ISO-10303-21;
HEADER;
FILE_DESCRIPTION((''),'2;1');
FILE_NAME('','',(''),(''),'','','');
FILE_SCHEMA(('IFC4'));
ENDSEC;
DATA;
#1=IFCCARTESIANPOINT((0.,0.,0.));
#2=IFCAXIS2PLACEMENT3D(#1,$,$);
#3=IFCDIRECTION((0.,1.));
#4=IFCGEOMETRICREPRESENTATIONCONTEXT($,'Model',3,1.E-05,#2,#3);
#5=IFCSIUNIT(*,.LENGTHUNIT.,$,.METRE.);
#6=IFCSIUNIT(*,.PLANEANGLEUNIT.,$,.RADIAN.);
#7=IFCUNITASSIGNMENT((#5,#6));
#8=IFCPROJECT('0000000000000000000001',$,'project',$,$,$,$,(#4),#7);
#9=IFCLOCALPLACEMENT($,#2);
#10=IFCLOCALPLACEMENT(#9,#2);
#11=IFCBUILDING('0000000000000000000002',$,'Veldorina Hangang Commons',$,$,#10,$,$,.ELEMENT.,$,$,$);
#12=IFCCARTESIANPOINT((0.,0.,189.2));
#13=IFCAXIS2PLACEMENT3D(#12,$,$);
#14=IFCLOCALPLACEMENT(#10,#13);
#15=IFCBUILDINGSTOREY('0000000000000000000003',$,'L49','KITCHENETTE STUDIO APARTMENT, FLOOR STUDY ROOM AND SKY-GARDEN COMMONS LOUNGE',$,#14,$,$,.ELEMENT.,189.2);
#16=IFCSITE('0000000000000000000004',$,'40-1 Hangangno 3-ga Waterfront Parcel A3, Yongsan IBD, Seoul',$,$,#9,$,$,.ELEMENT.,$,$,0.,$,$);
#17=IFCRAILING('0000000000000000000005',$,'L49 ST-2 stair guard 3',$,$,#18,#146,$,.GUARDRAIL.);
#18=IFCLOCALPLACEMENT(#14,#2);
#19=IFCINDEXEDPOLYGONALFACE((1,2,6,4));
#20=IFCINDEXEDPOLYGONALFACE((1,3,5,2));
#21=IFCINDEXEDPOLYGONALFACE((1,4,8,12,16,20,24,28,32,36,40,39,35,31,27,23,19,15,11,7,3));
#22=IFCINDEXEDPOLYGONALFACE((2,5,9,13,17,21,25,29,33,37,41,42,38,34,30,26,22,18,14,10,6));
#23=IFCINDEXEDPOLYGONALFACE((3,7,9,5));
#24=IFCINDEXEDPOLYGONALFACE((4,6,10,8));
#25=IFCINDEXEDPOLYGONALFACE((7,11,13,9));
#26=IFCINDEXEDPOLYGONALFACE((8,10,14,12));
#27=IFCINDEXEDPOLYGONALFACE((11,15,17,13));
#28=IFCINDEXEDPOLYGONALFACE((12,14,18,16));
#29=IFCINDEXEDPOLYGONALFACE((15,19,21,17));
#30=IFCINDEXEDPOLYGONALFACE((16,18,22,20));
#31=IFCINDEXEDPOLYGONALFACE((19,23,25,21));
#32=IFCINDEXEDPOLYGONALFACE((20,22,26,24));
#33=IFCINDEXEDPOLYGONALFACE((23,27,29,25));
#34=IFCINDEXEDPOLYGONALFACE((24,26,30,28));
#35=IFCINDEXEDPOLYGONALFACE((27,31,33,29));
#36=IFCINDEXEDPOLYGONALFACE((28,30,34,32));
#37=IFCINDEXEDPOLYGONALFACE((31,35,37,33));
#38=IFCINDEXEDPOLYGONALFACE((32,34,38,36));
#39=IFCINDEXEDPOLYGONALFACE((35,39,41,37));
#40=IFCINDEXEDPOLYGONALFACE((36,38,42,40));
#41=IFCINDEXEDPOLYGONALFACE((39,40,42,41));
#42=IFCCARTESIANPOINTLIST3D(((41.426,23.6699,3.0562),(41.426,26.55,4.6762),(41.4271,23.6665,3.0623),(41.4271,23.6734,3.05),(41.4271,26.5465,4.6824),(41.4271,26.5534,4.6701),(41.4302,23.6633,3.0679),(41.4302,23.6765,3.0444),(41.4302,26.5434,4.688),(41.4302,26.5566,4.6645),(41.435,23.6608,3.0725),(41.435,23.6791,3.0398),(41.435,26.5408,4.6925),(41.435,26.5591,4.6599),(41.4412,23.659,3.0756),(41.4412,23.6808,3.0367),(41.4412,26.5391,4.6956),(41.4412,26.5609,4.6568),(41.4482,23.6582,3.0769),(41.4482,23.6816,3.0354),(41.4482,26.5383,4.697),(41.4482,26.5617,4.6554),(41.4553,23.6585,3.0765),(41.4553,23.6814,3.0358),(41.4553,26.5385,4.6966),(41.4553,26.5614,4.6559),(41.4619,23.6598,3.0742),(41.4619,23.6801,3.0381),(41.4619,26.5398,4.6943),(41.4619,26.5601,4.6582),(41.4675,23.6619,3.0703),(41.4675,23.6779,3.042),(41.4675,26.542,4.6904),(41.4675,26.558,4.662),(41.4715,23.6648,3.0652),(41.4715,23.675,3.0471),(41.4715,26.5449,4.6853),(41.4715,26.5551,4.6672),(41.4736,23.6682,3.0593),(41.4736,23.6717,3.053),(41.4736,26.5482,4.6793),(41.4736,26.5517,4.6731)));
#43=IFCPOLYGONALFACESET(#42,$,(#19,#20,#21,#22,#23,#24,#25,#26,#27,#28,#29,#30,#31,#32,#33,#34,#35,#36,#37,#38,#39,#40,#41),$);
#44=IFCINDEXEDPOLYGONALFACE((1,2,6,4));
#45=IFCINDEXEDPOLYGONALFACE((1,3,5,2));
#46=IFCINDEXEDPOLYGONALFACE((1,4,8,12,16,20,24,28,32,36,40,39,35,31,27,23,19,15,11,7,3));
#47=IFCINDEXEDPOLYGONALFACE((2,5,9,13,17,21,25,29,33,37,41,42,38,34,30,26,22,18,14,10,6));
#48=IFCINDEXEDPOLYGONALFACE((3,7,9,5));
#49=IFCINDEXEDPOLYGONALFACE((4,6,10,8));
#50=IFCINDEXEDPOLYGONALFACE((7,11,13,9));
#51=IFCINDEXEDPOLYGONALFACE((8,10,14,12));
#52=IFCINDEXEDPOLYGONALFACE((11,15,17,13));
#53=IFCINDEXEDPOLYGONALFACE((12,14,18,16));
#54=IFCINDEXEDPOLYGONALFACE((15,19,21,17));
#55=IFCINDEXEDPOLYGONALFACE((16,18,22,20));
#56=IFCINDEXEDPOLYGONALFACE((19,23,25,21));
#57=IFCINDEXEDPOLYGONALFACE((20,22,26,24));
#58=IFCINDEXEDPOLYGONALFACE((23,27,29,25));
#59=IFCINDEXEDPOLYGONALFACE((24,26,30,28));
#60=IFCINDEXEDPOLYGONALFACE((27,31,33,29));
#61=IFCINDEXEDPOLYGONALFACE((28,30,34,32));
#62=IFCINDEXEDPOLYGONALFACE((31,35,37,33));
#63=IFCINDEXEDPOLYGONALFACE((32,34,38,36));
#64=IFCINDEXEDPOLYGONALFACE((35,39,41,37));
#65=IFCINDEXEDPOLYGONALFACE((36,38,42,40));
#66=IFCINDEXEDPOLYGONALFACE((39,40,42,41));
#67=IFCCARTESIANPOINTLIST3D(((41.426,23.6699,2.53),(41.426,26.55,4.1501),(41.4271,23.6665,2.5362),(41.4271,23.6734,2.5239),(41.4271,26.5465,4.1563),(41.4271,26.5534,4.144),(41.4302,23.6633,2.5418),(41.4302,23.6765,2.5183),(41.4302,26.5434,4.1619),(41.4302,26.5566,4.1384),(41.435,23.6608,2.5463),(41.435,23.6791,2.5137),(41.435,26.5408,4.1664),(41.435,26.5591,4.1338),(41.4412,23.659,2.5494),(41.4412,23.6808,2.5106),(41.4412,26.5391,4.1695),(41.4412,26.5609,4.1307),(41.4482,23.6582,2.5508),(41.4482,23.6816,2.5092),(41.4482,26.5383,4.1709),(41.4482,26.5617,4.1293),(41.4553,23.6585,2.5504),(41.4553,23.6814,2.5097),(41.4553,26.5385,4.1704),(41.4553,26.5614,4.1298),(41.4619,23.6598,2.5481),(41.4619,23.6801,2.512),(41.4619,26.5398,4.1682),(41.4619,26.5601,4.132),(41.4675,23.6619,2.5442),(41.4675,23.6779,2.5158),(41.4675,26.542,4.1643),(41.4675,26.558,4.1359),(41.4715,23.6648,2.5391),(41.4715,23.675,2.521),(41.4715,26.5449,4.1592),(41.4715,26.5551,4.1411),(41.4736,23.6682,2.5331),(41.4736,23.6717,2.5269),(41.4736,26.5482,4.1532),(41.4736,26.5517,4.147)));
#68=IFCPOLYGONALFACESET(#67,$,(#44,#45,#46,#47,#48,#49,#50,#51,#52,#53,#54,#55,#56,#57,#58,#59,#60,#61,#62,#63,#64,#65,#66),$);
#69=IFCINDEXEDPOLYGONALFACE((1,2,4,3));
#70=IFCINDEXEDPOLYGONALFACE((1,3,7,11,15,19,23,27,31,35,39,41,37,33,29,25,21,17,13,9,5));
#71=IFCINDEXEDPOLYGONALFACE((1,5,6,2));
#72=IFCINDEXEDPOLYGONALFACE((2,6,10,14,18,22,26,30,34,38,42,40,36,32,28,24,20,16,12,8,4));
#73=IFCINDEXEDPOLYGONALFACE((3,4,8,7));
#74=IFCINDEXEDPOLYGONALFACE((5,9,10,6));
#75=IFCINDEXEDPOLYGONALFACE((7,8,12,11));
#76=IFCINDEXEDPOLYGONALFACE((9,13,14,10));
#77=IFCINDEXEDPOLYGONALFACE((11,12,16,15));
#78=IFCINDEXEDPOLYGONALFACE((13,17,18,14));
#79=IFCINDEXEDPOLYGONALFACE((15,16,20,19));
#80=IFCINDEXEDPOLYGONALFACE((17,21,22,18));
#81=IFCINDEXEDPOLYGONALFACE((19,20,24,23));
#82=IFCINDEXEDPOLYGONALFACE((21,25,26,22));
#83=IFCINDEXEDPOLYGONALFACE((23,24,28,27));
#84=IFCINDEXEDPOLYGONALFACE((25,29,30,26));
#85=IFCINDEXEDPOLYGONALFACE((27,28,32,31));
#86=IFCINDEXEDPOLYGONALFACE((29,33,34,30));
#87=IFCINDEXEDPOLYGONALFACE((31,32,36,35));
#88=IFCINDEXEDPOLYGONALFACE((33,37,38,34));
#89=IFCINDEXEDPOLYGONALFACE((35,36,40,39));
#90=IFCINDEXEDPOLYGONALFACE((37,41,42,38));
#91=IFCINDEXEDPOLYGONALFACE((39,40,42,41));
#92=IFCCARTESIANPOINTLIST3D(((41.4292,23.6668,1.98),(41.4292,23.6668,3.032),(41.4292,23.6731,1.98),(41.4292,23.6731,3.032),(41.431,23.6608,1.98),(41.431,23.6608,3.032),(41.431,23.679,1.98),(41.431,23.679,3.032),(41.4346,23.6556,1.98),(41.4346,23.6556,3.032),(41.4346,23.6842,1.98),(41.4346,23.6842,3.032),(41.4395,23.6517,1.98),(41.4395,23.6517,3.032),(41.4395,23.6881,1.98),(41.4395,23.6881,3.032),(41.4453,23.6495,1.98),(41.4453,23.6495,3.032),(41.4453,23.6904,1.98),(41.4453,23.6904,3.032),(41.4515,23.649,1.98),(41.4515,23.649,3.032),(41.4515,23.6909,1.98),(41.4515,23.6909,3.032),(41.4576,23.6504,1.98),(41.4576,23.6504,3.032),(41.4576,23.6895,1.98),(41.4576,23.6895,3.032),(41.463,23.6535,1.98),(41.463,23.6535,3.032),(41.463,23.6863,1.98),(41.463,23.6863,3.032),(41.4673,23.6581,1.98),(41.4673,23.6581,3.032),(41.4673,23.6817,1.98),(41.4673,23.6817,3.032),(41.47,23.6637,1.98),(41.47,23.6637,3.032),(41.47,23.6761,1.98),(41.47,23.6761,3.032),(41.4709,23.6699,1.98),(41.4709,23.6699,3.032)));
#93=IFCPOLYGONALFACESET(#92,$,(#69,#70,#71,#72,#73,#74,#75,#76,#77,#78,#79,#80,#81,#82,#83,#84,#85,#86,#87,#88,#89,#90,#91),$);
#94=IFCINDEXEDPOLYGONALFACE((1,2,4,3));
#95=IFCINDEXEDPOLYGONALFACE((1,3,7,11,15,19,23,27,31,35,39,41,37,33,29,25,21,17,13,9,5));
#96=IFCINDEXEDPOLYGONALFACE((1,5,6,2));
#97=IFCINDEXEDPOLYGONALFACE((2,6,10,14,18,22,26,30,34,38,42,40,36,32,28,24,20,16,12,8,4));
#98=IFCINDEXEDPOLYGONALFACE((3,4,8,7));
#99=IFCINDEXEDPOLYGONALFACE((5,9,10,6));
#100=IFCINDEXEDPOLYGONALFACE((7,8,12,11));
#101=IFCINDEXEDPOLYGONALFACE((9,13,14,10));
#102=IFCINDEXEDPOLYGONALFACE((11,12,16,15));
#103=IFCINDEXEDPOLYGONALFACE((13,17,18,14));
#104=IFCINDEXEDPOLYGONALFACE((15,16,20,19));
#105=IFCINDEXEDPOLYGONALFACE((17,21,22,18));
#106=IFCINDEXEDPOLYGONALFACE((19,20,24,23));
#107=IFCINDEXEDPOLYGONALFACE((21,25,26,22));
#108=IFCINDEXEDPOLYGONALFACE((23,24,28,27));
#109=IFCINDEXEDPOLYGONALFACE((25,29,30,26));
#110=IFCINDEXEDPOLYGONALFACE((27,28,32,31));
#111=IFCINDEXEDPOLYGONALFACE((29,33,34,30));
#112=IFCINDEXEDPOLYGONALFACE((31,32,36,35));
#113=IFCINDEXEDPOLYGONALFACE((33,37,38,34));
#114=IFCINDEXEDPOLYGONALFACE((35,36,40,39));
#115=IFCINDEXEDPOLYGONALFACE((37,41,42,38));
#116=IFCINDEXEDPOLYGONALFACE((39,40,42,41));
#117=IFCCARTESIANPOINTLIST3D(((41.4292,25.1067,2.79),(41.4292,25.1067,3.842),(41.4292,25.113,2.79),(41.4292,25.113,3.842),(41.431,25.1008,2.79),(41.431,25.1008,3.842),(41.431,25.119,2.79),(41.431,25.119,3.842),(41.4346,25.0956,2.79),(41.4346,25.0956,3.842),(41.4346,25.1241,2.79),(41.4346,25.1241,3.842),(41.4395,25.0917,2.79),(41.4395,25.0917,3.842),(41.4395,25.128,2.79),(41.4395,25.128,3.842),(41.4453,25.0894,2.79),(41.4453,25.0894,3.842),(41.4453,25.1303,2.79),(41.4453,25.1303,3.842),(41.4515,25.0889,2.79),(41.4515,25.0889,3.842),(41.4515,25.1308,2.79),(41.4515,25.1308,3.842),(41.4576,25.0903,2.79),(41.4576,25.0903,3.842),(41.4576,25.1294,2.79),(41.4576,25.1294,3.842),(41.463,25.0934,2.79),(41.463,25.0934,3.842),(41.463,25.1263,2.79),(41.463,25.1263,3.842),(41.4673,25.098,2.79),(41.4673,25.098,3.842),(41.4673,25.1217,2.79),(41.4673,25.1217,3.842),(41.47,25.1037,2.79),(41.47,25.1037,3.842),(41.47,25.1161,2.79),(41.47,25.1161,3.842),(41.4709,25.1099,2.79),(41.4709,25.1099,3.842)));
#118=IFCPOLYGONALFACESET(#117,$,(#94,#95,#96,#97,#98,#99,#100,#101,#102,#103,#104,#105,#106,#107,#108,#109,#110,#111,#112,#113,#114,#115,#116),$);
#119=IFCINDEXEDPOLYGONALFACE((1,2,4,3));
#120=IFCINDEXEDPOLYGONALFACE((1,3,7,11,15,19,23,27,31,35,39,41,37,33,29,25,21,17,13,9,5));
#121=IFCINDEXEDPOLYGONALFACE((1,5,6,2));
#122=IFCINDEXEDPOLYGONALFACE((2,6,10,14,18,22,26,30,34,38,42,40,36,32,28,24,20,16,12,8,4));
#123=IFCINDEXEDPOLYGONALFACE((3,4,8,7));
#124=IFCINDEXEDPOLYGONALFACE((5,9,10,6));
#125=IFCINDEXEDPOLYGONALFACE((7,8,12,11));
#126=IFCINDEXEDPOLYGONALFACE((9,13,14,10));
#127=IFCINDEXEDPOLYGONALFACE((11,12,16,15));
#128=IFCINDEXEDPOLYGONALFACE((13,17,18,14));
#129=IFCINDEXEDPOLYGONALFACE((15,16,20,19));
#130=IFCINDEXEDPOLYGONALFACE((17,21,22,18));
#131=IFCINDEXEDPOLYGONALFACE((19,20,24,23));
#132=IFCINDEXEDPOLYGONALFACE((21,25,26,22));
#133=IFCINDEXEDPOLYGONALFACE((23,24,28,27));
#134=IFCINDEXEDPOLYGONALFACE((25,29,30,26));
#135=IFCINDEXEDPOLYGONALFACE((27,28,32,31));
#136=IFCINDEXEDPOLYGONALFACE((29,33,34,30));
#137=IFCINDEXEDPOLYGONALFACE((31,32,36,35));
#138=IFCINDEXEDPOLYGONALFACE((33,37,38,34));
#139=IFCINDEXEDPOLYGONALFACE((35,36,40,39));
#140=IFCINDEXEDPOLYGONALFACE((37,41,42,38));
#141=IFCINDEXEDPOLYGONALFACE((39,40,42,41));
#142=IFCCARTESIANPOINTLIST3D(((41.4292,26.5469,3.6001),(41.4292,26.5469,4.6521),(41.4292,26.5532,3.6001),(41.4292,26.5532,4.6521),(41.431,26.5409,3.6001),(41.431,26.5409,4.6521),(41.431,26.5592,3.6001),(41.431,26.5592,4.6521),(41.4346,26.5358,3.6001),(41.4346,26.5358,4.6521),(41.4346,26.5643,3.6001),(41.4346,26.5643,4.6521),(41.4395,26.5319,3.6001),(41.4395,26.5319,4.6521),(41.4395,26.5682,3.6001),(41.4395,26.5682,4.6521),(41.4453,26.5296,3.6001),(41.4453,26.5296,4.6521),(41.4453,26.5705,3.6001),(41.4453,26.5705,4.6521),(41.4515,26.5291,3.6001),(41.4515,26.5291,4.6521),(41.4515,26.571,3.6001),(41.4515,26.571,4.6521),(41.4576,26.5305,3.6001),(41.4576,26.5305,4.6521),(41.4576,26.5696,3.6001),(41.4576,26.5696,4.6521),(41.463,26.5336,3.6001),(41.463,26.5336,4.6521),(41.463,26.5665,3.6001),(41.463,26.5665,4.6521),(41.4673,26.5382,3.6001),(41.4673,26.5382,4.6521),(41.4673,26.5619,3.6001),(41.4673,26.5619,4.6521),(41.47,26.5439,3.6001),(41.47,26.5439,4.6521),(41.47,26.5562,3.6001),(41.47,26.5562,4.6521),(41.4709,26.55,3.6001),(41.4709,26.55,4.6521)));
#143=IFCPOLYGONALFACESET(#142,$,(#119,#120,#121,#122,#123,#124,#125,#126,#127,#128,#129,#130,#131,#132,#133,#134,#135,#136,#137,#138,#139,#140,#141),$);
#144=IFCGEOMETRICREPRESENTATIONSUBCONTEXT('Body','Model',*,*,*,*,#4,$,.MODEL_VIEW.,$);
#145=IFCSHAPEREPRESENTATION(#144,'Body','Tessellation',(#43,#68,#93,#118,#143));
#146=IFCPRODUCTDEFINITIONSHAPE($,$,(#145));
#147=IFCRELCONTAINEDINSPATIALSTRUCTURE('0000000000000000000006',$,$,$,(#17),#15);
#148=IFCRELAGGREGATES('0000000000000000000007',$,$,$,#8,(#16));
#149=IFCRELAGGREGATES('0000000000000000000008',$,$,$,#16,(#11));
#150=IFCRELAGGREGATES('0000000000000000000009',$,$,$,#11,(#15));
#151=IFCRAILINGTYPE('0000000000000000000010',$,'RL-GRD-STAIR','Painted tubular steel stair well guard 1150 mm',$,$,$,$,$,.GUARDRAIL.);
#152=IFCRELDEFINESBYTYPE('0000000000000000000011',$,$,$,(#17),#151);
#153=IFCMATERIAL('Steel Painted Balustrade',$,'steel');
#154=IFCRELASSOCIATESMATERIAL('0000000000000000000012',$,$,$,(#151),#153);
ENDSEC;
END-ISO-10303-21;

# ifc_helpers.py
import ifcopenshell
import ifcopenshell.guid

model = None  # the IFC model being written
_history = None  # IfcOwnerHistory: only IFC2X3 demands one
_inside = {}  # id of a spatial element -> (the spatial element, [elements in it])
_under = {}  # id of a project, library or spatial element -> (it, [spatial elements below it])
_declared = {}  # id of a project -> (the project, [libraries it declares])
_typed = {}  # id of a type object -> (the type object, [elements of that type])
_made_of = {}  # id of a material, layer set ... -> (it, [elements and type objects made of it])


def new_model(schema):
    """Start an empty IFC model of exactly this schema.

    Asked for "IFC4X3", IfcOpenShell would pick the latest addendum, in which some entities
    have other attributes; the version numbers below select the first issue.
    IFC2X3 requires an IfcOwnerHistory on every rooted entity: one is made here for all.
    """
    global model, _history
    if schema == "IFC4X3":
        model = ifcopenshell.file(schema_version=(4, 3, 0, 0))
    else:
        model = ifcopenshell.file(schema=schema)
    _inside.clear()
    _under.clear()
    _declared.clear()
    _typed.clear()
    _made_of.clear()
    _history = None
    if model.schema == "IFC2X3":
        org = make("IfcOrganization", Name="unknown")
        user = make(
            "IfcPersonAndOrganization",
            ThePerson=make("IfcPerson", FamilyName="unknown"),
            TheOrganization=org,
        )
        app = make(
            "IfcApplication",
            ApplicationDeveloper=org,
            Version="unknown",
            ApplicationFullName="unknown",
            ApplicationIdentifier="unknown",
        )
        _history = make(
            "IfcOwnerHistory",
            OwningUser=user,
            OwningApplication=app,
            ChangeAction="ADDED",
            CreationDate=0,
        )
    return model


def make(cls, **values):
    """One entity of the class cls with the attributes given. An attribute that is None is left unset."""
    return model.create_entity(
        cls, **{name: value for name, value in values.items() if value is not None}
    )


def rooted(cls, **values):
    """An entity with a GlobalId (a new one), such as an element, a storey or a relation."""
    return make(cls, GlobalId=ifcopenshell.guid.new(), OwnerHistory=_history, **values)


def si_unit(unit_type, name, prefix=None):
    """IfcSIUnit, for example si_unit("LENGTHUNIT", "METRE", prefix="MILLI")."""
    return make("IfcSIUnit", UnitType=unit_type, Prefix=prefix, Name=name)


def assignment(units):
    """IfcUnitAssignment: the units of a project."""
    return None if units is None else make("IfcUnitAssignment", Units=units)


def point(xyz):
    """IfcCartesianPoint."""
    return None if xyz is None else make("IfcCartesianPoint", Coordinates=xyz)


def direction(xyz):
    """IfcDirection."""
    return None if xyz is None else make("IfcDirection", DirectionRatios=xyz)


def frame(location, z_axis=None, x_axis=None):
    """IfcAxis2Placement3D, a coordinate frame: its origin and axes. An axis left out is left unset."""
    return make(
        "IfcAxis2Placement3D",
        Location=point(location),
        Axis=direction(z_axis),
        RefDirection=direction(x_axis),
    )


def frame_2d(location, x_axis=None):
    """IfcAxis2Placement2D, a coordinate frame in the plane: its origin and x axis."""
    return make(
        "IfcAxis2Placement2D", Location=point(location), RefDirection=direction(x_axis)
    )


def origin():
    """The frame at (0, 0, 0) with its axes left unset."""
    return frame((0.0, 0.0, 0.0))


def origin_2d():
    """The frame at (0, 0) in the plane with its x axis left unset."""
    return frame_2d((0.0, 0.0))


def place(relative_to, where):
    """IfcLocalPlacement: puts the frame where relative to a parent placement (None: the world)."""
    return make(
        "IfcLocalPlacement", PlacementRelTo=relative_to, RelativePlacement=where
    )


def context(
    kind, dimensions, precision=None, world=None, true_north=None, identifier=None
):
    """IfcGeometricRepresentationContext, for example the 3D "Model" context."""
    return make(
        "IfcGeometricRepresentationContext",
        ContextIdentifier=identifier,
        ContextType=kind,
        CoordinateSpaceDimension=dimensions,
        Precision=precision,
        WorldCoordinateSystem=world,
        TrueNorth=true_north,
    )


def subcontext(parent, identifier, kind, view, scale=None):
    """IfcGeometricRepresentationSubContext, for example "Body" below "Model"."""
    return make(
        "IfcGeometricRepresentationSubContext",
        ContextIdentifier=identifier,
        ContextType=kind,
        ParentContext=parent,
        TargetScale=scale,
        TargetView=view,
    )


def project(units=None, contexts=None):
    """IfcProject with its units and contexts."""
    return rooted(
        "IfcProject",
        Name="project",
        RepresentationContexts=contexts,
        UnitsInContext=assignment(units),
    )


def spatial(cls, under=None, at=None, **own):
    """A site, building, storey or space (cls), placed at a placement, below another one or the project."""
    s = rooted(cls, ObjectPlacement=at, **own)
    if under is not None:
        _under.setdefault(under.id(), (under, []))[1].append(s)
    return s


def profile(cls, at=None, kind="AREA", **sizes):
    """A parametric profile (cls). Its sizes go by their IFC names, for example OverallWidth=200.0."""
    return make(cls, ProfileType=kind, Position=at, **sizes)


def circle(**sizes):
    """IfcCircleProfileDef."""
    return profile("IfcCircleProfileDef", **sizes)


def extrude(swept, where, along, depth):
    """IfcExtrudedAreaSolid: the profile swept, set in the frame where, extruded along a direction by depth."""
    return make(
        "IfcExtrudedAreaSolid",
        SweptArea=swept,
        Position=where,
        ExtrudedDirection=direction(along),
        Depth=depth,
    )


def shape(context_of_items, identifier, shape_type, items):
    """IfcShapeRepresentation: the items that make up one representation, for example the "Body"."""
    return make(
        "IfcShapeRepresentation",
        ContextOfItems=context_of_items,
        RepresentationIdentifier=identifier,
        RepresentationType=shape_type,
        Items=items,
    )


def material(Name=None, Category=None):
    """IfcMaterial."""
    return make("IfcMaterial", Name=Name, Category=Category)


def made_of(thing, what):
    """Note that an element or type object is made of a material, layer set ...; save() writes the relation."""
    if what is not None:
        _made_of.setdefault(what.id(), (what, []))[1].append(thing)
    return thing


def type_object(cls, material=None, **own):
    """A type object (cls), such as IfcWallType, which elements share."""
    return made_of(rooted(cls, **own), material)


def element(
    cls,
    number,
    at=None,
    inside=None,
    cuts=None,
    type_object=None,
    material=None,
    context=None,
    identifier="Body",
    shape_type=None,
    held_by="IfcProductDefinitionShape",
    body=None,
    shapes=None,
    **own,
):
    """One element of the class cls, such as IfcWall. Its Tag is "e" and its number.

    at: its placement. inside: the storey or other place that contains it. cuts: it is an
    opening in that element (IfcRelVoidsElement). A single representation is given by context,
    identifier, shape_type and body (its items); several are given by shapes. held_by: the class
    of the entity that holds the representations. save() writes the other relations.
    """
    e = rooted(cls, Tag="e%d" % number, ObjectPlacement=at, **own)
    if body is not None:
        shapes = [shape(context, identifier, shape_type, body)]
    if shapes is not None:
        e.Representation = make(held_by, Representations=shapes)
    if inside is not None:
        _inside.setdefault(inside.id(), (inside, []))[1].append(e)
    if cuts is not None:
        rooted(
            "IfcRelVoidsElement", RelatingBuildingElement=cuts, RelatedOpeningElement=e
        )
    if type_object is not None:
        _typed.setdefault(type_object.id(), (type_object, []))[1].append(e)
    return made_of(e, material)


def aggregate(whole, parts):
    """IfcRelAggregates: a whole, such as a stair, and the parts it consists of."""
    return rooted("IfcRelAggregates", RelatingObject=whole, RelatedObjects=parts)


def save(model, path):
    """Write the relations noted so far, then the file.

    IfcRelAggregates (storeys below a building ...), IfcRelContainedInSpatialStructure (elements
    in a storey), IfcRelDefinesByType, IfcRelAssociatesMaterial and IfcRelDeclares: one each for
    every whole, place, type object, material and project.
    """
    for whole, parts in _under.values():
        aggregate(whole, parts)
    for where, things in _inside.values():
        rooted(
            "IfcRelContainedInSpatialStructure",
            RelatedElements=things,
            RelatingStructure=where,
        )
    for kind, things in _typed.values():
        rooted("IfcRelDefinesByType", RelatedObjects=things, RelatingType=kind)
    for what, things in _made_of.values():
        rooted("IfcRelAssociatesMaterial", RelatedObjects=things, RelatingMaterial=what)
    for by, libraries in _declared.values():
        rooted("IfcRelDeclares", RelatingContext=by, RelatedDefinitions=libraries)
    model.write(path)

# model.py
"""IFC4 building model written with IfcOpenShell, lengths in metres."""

from ifc_helpers import new_model, si_unit, direction, frame, origin, origin_2d, place, context, subcontext, project, spatial, circle, extrude, material, type_object, element, save


model = new_model("IFC4")

# Units and contexts
model_context = context("Model", 3, precision=1e-05, world=origin(), true_north=direction((0.0, 1.0)))
body_context = subcontext(model_context, "Body", "Model", "MODEL_VIEW")
ifc_project = project(units=[si_unit("LENGTHUNIT", "METRE"), si_unit("PLANEANGLEUNIT", "RADIAN")], contexts=[model_context])

# Site, building, storey
site_placement = place(None, origin())
site = spatial("IfcSite", under=ifc_project, at=site_placement, Name="40-1 Hangangno 3-ga Waterfront Parcel A3, Yongsan IBD, Seoul", CompositionType="ELEMENT", RefElevation=0.0)
building_placement = place(site_placement, origin())
building = spatial("IfcBuilding", under=site, at=building_placement, Name="Veldorina Hangang Commons", CompositionType="ELEMENT")
storey_placement = place(building_placement, frame((0.0, 0.0, 189.2)))
storey = spatial("IfcBuildingStorey", under=building, at=storey_placement, Name="L49", Description="KITCHENETTE STUDIO APARTMENT, FLOOR STUDY ROOM AND SKY-GARDEN COMMONS LOUNGE", CompositionType="ELEMENT", Elevation=189.2)

# Railing
ifc_material_1 = material(Name="Steel Painted Balustrade", Category="steel")
railing_type_1 = type_object("IfcRailingType", Name="RL-GRD-STAIR", Description="Painted tubular steel stair well guard 1150 mm", PredefinedType="GUARDRAIL", material=ifc_material_1)
railing_1_placement = place(storey_placement, frame((41.45, 23.6699, 1.98)))
element("IfcRailing", 1, at=railing_1_placement, inside=storey, type_object=railing_type_1, Name="L49 ST-2 stair guard 3", PredefinedType="GUARDRAIL", context=body_context, shape_type="SweptSolid", body=[
    extrude(circle(Radius=0.0239, at=origin_2d()), frame((0.0, 0.0, 1.0762), z_axis=(0.0, 0.87157, 0.490272), x_axis=(-1.0, 0.0, 0.0)), (0.0, 0.0, 1.0), 3.3044),
    extrude(circle(Radius=0.0239, at=origin_2d()), frame((0.0, 0.0, 0.55), z_axis=(0.0, 0.87157, 0.490272), x_axis=(-1.0, 0.0, 0.0)), (0.0, 0.0, 1.0), 3.3044),
    extrude(circle(Radius=0.021, at=origin_2d()), origin(), (0.0, 0.0, 1.0), 1.052),
    extrude(circle(Radius=0.021, at=origin_2d()), frame((0.0, 1.4399, 0.8101)), (0.0, 0.0, 1.0), 1.052),
    extrude(circle(Radius=0.021, at=origin_2d()), frame((0.0, 2.8801, 1.6201)), (0.0, 0.0, 1.0), 1.052),
])

save(model, "model.ifc")
